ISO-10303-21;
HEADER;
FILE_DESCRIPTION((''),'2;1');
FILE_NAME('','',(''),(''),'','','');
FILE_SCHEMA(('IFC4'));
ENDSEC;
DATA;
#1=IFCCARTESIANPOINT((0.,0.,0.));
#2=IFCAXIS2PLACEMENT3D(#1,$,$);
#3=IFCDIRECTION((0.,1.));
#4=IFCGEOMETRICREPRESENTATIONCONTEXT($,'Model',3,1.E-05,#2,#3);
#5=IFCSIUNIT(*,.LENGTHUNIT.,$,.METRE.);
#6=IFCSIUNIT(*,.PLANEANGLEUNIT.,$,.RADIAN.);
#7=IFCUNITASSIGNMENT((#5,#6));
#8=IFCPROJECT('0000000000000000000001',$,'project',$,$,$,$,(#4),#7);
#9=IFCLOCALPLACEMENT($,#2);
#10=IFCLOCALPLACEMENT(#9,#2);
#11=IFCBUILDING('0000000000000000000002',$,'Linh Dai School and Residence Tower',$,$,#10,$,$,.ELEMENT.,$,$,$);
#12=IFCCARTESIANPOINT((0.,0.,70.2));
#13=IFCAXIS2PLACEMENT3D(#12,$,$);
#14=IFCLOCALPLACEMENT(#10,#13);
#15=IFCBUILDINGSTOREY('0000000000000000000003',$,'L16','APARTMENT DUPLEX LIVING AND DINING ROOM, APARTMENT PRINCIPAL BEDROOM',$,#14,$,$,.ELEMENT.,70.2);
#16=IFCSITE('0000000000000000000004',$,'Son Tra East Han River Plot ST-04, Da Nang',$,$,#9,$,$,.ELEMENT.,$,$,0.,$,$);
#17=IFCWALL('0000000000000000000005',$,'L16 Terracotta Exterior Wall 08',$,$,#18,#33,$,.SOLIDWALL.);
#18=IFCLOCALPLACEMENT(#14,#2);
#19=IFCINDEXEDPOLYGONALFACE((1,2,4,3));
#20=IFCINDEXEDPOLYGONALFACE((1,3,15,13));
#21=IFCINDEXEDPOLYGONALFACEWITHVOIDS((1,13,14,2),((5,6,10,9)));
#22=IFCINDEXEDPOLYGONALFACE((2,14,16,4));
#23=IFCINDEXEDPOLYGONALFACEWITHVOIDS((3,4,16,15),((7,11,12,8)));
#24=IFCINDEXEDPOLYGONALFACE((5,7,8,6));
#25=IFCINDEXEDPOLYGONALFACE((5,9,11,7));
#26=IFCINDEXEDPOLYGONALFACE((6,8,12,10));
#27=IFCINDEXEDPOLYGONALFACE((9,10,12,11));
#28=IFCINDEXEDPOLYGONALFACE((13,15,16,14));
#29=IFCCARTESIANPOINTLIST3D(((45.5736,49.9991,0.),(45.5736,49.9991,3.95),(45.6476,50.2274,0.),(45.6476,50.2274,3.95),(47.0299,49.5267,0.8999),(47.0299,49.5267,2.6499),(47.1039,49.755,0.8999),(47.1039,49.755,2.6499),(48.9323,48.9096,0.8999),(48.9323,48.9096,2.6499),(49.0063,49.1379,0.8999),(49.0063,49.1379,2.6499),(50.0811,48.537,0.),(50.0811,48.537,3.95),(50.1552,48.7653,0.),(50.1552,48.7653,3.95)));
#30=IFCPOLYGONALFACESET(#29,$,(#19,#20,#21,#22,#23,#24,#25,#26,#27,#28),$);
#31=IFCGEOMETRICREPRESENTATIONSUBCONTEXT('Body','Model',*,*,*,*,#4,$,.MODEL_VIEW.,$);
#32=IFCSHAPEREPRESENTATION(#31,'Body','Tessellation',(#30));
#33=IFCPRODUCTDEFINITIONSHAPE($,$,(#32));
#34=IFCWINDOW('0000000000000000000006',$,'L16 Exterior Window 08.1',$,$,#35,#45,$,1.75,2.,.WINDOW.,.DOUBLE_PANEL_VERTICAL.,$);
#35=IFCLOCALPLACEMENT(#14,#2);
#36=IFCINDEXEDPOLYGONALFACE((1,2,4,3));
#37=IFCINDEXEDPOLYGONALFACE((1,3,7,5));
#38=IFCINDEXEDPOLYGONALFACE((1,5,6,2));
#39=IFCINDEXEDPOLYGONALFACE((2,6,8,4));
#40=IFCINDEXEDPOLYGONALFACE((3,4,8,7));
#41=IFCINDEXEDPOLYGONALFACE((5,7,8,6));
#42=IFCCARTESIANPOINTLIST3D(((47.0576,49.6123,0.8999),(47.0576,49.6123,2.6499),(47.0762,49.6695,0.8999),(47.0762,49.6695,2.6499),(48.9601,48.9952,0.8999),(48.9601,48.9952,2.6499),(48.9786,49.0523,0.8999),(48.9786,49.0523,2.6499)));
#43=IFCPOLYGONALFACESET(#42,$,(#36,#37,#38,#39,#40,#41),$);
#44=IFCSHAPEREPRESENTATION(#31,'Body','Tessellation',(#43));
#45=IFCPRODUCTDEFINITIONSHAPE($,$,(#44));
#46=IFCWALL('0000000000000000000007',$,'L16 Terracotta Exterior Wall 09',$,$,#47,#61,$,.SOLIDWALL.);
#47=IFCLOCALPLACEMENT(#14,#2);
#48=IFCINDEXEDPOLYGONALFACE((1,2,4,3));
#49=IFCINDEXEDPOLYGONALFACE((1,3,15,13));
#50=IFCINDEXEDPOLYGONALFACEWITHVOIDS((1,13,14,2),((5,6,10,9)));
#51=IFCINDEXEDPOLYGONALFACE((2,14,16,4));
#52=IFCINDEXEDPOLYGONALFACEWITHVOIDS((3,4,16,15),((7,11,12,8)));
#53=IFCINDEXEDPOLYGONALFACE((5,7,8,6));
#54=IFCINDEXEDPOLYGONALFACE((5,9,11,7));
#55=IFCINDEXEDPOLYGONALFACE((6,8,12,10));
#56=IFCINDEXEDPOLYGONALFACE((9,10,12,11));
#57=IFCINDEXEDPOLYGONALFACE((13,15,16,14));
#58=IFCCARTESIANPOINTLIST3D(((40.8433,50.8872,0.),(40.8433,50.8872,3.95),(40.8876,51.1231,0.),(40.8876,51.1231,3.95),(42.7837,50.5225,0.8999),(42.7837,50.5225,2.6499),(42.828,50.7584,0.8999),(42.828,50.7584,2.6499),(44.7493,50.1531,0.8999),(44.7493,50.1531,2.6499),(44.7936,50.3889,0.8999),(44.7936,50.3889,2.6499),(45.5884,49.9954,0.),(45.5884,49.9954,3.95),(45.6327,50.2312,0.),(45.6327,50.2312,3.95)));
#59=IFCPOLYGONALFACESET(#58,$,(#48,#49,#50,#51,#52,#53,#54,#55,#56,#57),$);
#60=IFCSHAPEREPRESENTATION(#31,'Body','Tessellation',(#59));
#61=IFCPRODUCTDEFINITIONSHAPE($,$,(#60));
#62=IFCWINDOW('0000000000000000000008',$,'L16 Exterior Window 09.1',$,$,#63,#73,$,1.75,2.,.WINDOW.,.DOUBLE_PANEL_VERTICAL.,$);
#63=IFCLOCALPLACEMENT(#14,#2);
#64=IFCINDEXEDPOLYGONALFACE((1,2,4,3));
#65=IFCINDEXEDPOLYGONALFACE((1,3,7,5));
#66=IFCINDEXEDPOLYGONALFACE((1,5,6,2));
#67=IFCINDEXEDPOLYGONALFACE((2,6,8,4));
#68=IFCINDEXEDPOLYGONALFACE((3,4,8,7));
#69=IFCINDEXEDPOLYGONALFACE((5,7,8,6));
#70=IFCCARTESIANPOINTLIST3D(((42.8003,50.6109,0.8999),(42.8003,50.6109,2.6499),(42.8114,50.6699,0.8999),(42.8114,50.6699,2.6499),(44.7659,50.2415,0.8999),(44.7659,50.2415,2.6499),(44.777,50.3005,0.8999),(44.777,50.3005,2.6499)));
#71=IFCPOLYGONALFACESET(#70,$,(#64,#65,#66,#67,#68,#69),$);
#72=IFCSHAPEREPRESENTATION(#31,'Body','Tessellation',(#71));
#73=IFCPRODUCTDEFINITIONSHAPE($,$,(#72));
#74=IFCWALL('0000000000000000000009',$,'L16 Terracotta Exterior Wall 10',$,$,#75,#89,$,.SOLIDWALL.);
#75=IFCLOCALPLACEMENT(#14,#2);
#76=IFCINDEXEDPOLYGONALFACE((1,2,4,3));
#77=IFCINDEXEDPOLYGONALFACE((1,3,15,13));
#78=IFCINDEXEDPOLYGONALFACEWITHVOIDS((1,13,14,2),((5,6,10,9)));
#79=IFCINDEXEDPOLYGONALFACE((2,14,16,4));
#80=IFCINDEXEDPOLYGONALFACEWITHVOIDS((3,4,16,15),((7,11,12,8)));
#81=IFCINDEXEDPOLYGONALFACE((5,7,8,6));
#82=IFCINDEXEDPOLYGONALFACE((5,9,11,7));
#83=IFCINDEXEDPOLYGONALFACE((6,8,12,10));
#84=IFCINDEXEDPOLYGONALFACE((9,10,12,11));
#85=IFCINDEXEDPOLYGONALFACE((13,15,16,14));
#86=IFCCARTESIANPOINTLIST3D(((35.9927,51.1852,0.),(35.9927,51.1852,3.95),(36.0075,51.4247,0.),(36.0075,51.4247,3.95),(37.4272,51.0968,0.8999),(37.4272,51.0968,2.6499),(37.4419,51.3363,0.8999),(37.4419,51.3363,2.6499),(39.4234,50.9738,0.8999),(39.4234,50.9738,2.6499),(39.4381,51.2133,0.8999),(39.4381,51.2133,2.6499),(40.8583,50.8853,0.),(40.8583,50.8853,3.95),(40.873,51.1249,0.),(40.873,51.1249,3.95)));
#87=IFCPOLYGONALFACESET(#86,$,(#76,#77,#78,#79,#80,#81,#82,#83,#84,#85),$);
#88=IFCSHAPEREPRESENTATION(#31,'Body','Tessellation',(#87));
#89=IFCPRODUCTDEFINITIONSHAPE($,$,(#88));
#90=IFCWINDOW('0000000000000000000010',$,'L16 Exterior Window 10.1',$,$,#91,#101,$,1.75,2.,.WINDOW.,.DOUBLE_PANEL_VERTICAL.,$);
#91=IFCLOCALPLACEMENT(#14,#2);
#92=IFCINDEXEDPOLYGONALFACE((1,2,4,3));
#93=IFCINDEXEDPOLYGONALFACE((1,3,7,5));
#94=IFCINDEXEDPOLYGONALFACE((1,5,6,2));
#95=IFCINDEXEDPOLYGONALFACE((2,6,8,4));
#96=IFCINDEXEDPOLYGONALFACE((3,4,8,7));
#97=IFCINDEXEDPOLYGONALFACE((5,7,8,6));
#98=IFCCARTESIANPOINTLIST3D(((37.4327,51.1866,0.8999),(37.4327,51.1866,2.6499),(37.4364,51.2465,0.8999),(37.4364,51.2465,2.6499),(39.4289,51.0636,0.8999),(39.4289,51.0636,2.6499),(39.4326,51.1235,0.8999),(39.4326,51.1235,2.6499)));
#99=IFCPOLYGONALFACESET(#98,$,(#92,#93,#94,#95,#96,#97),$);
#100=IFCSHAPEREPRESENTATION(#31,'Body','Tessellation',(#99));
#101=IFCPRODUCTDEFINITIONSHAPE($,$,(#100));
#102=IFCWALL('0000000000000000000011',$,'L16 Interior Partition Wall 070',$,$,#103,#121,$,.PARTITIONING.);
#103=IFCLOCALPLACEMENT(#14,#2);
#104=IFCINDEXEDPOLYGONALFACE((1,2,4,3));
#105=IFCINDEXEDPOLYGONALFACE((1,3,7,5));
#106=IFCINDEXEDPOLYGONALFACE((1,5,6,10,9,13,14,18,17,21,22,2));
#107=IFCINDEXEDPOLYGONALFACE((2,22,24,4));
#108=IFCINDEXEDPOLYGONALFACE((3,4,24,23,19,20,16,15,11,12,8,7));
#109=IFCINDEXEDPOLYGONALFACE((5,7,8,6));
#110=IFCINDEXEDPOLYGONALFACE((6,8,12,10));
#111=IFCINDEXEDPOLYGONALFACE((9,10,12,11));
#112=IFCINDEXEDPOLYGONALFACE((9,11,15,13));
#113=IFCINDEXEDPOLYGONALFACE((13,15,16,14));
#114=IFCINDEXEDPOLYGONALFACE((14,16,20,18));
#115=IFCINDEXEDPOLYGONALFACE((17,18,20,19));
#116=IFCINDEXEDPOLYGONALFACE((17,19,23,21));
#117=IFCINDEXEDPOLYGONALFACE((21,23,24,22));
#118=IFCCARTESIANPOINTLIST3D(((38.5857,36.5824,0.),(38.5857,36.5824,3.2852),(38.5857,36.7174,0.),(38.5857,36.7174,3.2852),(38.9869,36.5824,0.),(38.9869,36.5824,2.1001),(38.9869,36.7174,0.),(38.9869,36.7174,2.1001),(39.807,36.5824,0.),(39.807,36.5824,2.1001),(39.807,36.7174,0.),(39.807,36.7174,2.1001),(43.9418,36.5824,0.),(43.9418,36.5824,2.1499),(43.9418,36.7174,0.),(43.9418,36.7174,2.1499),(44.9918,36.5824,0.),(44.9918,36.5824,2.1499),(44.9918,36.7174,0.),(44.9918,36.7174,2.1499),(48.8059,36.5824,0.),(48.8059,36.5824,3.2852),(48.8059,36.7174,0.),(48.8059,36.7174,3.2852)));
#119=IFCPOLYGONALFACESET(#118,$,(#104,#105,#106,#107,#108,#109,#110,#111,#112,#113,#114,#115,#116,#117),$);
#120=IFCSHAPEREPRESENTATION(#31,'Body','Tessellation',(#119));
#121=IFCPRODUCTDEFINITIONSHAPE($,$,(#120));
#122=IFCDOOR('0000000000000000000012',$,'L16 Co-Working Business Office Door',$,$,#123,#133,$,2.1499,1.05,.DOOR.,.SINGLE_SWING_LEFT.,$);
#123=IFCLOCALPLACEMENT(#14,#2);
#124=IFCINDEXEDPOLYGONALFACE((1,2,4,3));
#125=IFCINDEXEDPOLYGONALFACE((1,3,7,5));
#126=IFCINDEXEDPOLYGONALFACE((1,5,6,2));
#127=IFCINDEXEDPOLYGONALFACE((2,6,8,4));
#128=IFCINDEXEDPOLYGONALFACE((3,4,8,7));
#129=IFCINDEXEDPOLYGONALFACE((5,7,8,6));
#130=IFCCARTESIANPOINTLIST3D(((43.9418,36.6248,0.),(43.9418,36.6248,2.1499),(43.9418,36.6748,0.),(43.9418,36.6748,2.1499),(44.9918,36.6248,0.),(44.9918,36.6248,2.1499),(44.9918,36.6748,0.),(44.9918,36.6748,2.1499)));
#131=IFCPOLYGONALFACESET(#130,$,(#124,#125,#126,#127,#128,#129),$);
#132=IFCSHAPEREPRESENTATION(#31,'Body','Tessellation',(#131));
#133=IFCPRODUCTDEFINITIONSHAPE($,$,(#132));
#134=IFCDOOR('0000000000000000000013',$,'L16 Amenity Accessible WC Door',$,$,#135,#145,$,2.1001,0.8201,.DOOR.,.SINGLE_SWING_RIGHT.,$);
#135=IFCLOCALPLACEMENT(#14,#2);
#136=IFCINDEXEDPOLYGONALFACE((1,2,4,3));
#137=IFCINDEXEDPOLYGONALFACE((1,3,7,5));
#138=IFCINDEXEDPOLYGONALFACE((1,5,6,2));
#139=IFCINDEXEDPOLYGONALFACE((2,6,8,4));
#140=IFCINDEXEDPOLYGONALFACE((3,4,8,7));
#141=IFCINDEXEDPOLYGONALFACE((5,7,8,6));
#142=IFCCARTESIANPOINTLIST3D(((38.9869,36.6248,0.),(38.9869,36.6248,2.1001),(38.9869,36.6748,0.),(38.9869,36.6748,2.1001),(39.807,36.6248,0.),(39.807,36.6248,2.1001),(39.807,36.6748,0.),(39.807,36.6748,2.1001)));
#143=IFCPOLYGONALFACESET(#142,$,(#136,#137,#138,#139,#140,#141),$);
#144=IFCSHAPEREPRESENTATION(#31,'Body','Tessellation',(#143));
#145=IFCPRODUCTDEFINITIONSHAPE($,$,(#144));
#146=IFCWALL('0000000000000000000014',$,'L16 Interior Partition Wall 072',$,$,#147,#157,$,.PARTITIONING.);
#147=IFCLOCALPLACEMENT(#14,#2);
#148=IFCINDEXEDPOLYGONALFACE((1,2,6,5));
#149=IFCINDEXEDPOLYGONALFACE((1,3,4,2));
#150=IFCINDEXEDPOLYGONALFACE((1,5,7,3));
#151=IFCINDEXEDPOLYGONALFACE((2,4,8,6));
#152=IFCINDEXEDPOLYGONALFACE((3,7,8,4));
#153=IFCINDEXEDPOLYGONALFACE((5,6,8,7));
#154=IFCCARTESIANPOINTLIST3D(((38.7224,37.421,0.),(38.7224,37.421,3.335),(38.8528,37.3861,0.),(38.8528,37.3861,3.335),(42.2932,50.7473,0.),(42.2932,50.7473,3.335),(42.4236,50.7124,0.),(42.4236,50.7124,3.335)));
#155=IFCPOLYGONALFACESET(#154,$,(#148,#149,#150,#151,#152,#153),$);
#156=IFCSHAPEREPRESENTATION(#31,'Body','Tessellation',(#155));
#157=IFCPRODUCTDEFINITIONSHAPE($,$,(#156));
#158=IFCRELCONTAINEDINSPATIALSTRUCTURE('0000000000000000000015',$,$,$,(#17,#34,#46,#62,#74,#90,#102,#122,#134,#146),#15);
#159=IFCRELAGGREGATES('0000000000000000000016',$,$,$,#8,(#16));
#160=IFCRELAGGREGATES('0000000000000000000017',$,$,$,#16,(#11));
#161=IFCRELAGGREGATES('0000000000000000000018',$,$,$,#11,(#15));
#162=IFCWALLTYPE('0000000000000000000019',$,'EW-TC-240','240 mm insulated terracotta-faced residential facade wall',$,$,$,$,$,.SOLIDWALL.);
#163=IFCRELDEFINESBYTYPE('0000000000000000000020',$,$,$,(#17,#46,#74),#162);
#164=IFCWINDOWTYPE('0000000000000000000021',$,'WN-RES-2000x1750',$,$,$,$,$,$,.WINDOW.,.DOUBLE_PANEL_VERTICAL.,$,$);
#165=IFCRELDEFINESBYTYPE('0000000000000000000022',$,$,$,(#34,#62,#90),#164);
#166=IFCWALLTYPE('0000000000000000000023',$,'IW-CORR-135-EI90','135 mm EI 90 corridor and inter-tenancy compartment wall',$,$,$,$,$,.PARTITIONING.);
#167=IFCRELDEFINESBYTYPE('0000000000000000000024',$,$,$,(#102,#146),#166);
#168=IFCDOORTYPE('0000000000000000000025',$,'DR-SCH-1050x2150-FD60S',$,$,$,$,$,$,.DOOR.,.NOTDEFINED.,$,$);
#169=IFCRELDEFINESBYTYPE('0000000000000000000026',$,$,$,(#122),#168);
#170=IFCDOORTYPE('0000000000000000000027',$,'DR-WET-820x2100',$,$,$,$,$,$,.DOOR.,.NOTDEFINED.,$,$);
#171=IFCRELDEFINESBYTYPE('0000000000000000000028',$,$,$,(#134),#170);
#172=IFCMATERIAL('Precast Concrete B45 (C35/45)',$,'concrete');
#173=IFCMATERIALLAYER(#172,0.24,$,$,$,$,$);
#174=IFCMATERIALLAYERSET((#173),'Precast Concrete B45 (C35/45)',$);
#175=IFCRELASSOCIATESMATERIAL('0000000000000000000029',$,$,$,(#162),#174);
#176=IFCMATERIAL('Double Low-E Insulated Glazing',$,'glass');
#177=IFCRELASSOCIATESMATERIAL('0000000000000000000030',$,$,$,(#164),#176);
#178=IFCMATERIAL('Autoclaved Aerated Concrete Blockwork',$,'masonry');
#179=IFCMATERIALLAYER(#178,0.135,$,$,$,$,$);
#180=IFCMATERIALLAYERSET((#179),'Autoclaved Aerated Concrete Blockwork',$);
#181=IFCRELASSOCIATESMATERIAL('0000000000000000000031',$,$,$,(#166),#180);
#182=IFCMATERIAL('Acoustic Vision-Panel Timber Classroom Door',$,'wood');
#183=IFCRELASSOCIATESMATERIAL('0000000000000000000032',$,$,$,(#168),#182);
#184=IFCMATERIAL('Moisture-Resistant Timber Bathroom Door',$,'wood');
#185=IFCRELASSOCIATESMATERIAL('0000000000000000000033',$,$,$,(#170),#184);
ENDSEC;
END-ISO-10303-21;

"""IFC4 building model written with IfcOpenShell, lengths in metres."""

from ifc_helpers import new_model, si_unit, direction, frame, frame_2d, origin, origin_2d, place, context, subcontext, project, spatial, rectangle, extrude, source, transform, mapped, material, layer, layer_set, type_object, element, fill, save


model = new_model("IFC4")

# Units and contexts
model_context = context("Model", 3, precision=1e-05, world=origin(), true_north=direction((0.0, 1.0)))
body_context = subcontext(model_context, "Body", "Model", "MODEL_VIEW")
ifc_project = project(units=[si_unit("LENGTHUNIT", "METRE"), si_unit("PLANEANGLEUNIT", "RADIAN")], contexts=[model_context])

# Site, building, storey
site_placement = place(None, origin())
site = spatial("IfcSite", under=ifc_project, at=site_placement, Name="Son Tra East Han River Plot ST-04, Da Nang", CompositionType="ELEMENT", RefElevation=0.0)
building_placement = place(site_placement, origin())
building = spatial("IfcBuilding", under=site, at=building_placement, Name="Linh Dai School and Residence Tower", CompositionType="ELEMENT")
storey_placement = place(building_placement, frame((0.0, 0.0, 70.2)))
storey = spatial("IfcBuildingStorey", under=building, at=storey_placement, Name="L16", Description="APARTMENT DUPLEX LIVING AND DINING ROOM, APARTMENT PRINCIPAL BEDROOM", CompositionType="ELEMENT", Elevation=70.2)

# Shared definitions
ifc_material_1 = material(Name="Precast Concrete B45 (C35/45)", Category="concrete")

# Walls, openings, windows
ifc_layer_1 = layer(ifc_material_1, 0.24)
ifc_layer_set_1 = layer_set([ifc_layer_1], Name="Precast Concrete B45 (C35/45)")
wall_type_1 = type_object("IfcWallType", Name="EW-TC-240", Description="240 mm insulated terracotta-faced residential facade wall", PredefinedType="SOLIDWALL", material=ifc_layer_set_1)
wall_1_placement = place(storey_placement, frame((45.6106, 50.1133, 0.0), z_axis=(0.0, 0.0, 1.0), x_axis=(0.951208, -0.308551, 0.0)))
wall_1 = element("IfcWall", 1, at=wall_1_placement, inside=storey, type_object=wall_type_1, Name="L16 Terracotta Exterior Wall 08", PredefinedType="SOLIDWALL", context=body_context, shape_type="SweptSolid", body=[
    extrude(rectangle(XDim=4.7388, YDim=0.24, at=frame_2d((2.3694, 0.0))), origin(), (0.0, 0.0, 1.0), 3.95),
])
opening_1_placement = place(wall_1_placement, frame((1.531, 0.0, 0.8999)))
opening_1 = element("IfcOpeningElement", 2, at=opening_1_placement, cuts=wall_1, PredefinedType="OPENING", context=body_context, shape_type="SweptSolid", body=[
    extrude(rectangle(XDim=2.0, YDim=1.75, at=origin_2d()), frame((1.0, 0.1299, 0.875), z_axis=(0.0, -1.0, 0.0), x_axis=(1.0, 0.0, 0.0)), (0.0, 0.0, 1.0), 0.26),
])
ifc_material_2 = material(Name="Double Low-E Insulated Glazing", Category="glass")
window_type = type_object("IfcWindowType", Name="WN-RES-2000x1750", PartitioningType="DOUBLE_PANEL_VERTICAL", PredefinedType="WINDOW", material=ifc_material_2)
shared_shape_1 = source(origin(), body_context, "Body", "SweptSolid", [
    extrude(rectangle(XDim=2.0, YDim=1.75, at=origin_2d()), frame((1.0, 0.03, 0.875), z_axis=(0.0, -1.0, 0.0), x_axis=(1.0, 0.0, 0.0)), (0.0, 0.0, 1.0), 0.0601),
])
window_1_placement = place(opening_1_placement, origin())
window_1 = element("IfcWindow", 3, at=window_1_placement, inside=storey, type_object=window_type, Name="L16 Exterior Window 08.1", OverallHeight=1.75, OverallWidth=2.0, PartitioningType="DOUBLE_PANEL_VERTICAL", PredefinedType="WINDOW", context=body_context, shape_type="MappedRepresentation", body=[
    mapped(shared_shape_1, transform((0.0, 0.0, 0.0), x_axis=(1.0, 0.0, 0.0), y_axis=(0.0, 1.0, 0.0), z_axis=(0.0, 0.0, 1.0), scale=1.0)),
])
fill(opening_1, window_1)
wall_2_placement = place(storey_placement, frame((40.8655, 51.0051, 0.0), z_axis=(0.0, 0.0, 1.0), x_axis=(0.982792, -0.184716, 0.0)))
wall_2 = element("IfcWall", 4, at=wall_2_placement, inside=storey, type_object=wall_type_1, Name="L16 Terracotta Exterior Wall 09", PredefinedType="SOLIDWALL", context=body_context, shape_type="SweptSolid", body=[
    extrude(rectangle(XDim=4.8281, YDim=0.24, at=frame_2d((2.4141, 0.0))), origin(), (0.0, 0.0, 1.0), 3.95),
])
opening_2_placement = place(wall_2_placement, frame((1.9744, 0.0, 0.8999)))
opening_2 = element("IfcOpeningElement", 5, at=opening_2_placement, cuts=wall_2, PredefinedType="OPENING", context=body_context, shape_type="SweptSolid", body=[
    extrude(rectangle(XDim=2.0, YDim=1.75, at=origin_2d()), frame((1.0, 0.1299, 0.875), z_axis=(0.0, -1.0, 0.0), x_axis=(1.0, 0.0, 0.0)), (0.0, 0.0, 1.0), 0.26),
])
window_2_placement = place(opening_2_placement, origin())
window_2 = element("IfcWindow", 6, at=window_2_placement, inside=storey, type_object=window_type, Name="L16 Exterior Window 09.1", OverallHeight=1.75, OverallWidth=2.0, PartitioningType="DOUBLE_PANEL_VERTICAL", PredefinedType="WINDOW", context=body_context, shape_type="MappedRepresentation", body=[
    mapped(shared_shape_1, transform((0.0, 0.0, 0.0), x_axis=(1.0, 0.0, 0.0), y_axis=(0.0, 1.0, 0.0), z_axis=(0.0, 0.0, 1.0), scale=1.0)),
])
fill(opening_2, window_2)
wall_3_placement = place(storey_placement, frame((36.0, 51.3049, 0.0), z_axis=(0.0, 0.0, 1.0), x_axis=(0.998107, -0.061502, 0.0)))
wall_3 = element("IfcWall", 7, at=wall_3_placement, inside=storey, type_object=wall_type_1, Name="L16 Terracotta Exterior Wall 10", PredefinedType="SOLIDWALL", context=body_context, shape_type="SweptSolid", body=[
    extrude(rectangle(XDim=4.8748, YDim=0.24, at=frame_2d((2.4375, 0.0))), origin(), (0.0, 0.0, 1.0), 3.95),
])
opening_3_placement = place(wall_3_placement, frame((1.4373, 0.0, 0.8999)))
opening_3 = element("IfcOpeningElement", 8, at=opening_3_placement, cuts=wall_3, PredefinedType="OPENING", context=body_context, shape_type="SweptSolid", body=[
    extrude(rectangle(XDim=2.0, YDim=1.75, at=origin_2d()), frame((1.0, 0.1299, 0.875), z_axis=(0.0, -1.0, 0.0), x_axis=(1.0, 0.0, 0.0)), (0.0, 0.0, 1.0), 0.26),
])
window_3_placement = place(opening_3_placement, origin())
window_3 = element("IfcWindow", 9, at=window_3_placement, inside=storey, type_object=window_type, Name="L16 Exterior Window 10.1", OverallHeight=1.75, OverallWidth=2.0, PartitioningType="DOUBLE_PANEL_VERTICAL", PredefinedType="WINDOW", context=body_context, shape_type="MappedRepresentation", body=[
    mapped(shared_shape_1, transform((0.0, 0.0, 0.0), x_axis=(1.0, 0.0, 0.0), y_axis=(0.0, 1.0, 0.0), z_axis=(0.0, 0.0, 1.0), scale=1.0)),
])
fill(opening_3, window_3)

# Wall, openings, doors
ifc_material_3 = material(Name="Autoclaved Aerated Concrete Blockwork", Category="masonry")
ifc_layer_2 = layer(ifc_material_3, 0.135)
ifc_layer_set_2 = layer_set([ifc_layer_2], Name="Autoclaved Aerated Concrete Blockwork")
wall_type_2 = type_object("IfcWallType", Name="IW-CORR-135-EI90", Description="135 mm EI 90 corridor and inter-tenancy compartment wall", PredefinedType="PARTITIONING", material=ifc_layer_set_2)
wall_4_placement = place(storey_placement, frame((38.5857, 36.6499, 0.0), z_axis=(0.0, 0.0, 1.0), x_axis=(1.0, 0.0, 0.0)))
wall_4 = element("IfcWall", 10, at=wall_4_placement, inside=storey, type_object=wall_type_2, Name="L16 Interior Partition Wall 070", PredefinedType="PARTITIONING", context=body_context, shape_type="SweptSolid", body=[
    extrude(rectangle(XDim=10.2202, YDim=0.135, at=frame_2d((5.1101, 0.0))), origin(), (0.0, 0.0, 1.0), 3.2852),
])
opening_4_placement = place(wall_4_placement, frame((5.3562, 0.0, 0.0)))
opening_4 = element("IfcOpeningElement", 11, at=opening_4_placement, cuts=wall_4, PredefinedType="OPENING", context=body_context, shape_type="SweptSolid", body=[
    extrude(rectangle(XDim=1.05, YDim=2.1499, at=origin_2d()), frame((0.5249, 0.0776, 1.075), z_axis=(0.0, -1.0, 0.0), x_axis=(1.0, 0.0, 0.0)), (0.0, 0.0, 1.0), 0.155),
])
opening_5_placement = place(wall_4_placement, frame((0.4011, 0.0, 0.0)))
opening_5 = element("IfcOpeningElement", 12, at=opening_5_placement, cuts=wall_4, PredefinedType="OPENING", context=body_context, shape_type="SweptSolid", body=[
    extrude(rectangle(XDim=0.8201, YDim=2.1001, at=origin_2d()), frame((0.4102, 0.0776, 1.05), z_axis=(0.0, -1.0, 0.0), x_axis=(1.0, 0.0, 0.0)), (0.0, 0.0, 1.0), 0.155),
])
ifc_material_4 = material(Name="Acoustic Vision-Panel Timber Classroom Door", Category="wood")
door_type_1 = type_object("IfcDoorType", Name="DR-SCH-1050x2150-FD60S", OperationType="NOTDEFINED", PredefinedType="DOOR", material=ifc_material_4)
shared_shape_2 = source(origin(), body_context, "Body", "SweptSolid", [
    extrude(rectangle(XDim=1.05, YDim=2.1499, at=origin_2d()), frame((0.5249, 0.0249, 1.075), z_axis=(0.0, -1.0, 0.0), x_axis=(1.0, 0.0, 0.0)), (0.0, 0.0, 1.0), 0.05),
])
door_1_placement = place(opening_4_placement, origin())
door_1 = element("IfcDoor", 13, at=door_1_placement, inside=storey, type_object=door_type_1, Name="L16 Co-Working Business Office Door", OperationType="SINGLE_SWING_LEFT", OverallHeight=2.1499, OverallWidth=1.05, PredefinedType="DOOR", context=body_context, shape_type="MappedRepresentation", body=[
    mapped(shared_shape_2, transform((0.0, 0.0, 0.0), x_axis=(1.0, 0.0, 0.0), y_axis=(0.0, 1.0, 0.0), z_axis=(0.0, 0.0, 1.0), scale=1.0)),
])
fill(opening_4, door_1)
ifc_material_5 = material(Name="Moisture-Resistant Timber Bathroom Door", Category="wood")
door_type_2 = type_object("IfcDoorType", Name="DR-WET-820x2100", OperationType="NOTDEFINED", PredefinedType="DOOR", material=ifc_material_5)
shared_shape_3 = source(origin(), body_context, "Body", "SweptSolid", [
    extrude(rectangle(XDim=0.8201, YDim=2.1001, at=origin_2d()), frame((0.4102, 0.0249, 1.05), z_axis=(0.0, -1.0, 0.0), x_axis=(1.0, 0.0, 0.0)), (0.0, 0.0, 1.0), 0.05),
])
door_2_placement = place(opening_5_placement, origin())
door_2 = element("IfcDoor", 14, at=door_2_placement, inside=storey, type_object=door_type_2, Name="L16 Amenity Accessible WC Door", OperationType="SINGLE_SWING_RIGHT", OverallHeight=2.1001, OverallWidth=0.8201, PredefinedType="DOOR", context=body_context, shape_type="MappedRepresentation", body=[
    mapped(shared_shape_3, transform((0.0, 0.0, 0.0), x_axis=(1.0, 0.0, 0.0), y_axis=(0.0, 1.0, 0.0), z_axis=(0.0, 0.0, 1.0), scale=1.0)),
])
fill(opening_5, door_2)

# Wall
wall_5_placement = place(storey_placement, frame((38.7876, 37.4036, 0.0), z_axis=(0.0, 0.0, 1.0), x_axis=(0.258823, 0.965925, 0.0)))
element("IfcWall", 15, at=wall_5_placement, inside=storey, type_object=wall_type_2, Name="L16 Interior Partition Wall 072", PredefinedType="PARTITIONING", context=body_context, shape_type="SweptSolid", body=[
    extrude(rectangle(XDim=13.7964, YDim=0.135, at=frame_2d((6.8982, 0.0))), origin(), (0.0, 0.0, 1.0), 3.335),
])

save(model, "model.ifc")
